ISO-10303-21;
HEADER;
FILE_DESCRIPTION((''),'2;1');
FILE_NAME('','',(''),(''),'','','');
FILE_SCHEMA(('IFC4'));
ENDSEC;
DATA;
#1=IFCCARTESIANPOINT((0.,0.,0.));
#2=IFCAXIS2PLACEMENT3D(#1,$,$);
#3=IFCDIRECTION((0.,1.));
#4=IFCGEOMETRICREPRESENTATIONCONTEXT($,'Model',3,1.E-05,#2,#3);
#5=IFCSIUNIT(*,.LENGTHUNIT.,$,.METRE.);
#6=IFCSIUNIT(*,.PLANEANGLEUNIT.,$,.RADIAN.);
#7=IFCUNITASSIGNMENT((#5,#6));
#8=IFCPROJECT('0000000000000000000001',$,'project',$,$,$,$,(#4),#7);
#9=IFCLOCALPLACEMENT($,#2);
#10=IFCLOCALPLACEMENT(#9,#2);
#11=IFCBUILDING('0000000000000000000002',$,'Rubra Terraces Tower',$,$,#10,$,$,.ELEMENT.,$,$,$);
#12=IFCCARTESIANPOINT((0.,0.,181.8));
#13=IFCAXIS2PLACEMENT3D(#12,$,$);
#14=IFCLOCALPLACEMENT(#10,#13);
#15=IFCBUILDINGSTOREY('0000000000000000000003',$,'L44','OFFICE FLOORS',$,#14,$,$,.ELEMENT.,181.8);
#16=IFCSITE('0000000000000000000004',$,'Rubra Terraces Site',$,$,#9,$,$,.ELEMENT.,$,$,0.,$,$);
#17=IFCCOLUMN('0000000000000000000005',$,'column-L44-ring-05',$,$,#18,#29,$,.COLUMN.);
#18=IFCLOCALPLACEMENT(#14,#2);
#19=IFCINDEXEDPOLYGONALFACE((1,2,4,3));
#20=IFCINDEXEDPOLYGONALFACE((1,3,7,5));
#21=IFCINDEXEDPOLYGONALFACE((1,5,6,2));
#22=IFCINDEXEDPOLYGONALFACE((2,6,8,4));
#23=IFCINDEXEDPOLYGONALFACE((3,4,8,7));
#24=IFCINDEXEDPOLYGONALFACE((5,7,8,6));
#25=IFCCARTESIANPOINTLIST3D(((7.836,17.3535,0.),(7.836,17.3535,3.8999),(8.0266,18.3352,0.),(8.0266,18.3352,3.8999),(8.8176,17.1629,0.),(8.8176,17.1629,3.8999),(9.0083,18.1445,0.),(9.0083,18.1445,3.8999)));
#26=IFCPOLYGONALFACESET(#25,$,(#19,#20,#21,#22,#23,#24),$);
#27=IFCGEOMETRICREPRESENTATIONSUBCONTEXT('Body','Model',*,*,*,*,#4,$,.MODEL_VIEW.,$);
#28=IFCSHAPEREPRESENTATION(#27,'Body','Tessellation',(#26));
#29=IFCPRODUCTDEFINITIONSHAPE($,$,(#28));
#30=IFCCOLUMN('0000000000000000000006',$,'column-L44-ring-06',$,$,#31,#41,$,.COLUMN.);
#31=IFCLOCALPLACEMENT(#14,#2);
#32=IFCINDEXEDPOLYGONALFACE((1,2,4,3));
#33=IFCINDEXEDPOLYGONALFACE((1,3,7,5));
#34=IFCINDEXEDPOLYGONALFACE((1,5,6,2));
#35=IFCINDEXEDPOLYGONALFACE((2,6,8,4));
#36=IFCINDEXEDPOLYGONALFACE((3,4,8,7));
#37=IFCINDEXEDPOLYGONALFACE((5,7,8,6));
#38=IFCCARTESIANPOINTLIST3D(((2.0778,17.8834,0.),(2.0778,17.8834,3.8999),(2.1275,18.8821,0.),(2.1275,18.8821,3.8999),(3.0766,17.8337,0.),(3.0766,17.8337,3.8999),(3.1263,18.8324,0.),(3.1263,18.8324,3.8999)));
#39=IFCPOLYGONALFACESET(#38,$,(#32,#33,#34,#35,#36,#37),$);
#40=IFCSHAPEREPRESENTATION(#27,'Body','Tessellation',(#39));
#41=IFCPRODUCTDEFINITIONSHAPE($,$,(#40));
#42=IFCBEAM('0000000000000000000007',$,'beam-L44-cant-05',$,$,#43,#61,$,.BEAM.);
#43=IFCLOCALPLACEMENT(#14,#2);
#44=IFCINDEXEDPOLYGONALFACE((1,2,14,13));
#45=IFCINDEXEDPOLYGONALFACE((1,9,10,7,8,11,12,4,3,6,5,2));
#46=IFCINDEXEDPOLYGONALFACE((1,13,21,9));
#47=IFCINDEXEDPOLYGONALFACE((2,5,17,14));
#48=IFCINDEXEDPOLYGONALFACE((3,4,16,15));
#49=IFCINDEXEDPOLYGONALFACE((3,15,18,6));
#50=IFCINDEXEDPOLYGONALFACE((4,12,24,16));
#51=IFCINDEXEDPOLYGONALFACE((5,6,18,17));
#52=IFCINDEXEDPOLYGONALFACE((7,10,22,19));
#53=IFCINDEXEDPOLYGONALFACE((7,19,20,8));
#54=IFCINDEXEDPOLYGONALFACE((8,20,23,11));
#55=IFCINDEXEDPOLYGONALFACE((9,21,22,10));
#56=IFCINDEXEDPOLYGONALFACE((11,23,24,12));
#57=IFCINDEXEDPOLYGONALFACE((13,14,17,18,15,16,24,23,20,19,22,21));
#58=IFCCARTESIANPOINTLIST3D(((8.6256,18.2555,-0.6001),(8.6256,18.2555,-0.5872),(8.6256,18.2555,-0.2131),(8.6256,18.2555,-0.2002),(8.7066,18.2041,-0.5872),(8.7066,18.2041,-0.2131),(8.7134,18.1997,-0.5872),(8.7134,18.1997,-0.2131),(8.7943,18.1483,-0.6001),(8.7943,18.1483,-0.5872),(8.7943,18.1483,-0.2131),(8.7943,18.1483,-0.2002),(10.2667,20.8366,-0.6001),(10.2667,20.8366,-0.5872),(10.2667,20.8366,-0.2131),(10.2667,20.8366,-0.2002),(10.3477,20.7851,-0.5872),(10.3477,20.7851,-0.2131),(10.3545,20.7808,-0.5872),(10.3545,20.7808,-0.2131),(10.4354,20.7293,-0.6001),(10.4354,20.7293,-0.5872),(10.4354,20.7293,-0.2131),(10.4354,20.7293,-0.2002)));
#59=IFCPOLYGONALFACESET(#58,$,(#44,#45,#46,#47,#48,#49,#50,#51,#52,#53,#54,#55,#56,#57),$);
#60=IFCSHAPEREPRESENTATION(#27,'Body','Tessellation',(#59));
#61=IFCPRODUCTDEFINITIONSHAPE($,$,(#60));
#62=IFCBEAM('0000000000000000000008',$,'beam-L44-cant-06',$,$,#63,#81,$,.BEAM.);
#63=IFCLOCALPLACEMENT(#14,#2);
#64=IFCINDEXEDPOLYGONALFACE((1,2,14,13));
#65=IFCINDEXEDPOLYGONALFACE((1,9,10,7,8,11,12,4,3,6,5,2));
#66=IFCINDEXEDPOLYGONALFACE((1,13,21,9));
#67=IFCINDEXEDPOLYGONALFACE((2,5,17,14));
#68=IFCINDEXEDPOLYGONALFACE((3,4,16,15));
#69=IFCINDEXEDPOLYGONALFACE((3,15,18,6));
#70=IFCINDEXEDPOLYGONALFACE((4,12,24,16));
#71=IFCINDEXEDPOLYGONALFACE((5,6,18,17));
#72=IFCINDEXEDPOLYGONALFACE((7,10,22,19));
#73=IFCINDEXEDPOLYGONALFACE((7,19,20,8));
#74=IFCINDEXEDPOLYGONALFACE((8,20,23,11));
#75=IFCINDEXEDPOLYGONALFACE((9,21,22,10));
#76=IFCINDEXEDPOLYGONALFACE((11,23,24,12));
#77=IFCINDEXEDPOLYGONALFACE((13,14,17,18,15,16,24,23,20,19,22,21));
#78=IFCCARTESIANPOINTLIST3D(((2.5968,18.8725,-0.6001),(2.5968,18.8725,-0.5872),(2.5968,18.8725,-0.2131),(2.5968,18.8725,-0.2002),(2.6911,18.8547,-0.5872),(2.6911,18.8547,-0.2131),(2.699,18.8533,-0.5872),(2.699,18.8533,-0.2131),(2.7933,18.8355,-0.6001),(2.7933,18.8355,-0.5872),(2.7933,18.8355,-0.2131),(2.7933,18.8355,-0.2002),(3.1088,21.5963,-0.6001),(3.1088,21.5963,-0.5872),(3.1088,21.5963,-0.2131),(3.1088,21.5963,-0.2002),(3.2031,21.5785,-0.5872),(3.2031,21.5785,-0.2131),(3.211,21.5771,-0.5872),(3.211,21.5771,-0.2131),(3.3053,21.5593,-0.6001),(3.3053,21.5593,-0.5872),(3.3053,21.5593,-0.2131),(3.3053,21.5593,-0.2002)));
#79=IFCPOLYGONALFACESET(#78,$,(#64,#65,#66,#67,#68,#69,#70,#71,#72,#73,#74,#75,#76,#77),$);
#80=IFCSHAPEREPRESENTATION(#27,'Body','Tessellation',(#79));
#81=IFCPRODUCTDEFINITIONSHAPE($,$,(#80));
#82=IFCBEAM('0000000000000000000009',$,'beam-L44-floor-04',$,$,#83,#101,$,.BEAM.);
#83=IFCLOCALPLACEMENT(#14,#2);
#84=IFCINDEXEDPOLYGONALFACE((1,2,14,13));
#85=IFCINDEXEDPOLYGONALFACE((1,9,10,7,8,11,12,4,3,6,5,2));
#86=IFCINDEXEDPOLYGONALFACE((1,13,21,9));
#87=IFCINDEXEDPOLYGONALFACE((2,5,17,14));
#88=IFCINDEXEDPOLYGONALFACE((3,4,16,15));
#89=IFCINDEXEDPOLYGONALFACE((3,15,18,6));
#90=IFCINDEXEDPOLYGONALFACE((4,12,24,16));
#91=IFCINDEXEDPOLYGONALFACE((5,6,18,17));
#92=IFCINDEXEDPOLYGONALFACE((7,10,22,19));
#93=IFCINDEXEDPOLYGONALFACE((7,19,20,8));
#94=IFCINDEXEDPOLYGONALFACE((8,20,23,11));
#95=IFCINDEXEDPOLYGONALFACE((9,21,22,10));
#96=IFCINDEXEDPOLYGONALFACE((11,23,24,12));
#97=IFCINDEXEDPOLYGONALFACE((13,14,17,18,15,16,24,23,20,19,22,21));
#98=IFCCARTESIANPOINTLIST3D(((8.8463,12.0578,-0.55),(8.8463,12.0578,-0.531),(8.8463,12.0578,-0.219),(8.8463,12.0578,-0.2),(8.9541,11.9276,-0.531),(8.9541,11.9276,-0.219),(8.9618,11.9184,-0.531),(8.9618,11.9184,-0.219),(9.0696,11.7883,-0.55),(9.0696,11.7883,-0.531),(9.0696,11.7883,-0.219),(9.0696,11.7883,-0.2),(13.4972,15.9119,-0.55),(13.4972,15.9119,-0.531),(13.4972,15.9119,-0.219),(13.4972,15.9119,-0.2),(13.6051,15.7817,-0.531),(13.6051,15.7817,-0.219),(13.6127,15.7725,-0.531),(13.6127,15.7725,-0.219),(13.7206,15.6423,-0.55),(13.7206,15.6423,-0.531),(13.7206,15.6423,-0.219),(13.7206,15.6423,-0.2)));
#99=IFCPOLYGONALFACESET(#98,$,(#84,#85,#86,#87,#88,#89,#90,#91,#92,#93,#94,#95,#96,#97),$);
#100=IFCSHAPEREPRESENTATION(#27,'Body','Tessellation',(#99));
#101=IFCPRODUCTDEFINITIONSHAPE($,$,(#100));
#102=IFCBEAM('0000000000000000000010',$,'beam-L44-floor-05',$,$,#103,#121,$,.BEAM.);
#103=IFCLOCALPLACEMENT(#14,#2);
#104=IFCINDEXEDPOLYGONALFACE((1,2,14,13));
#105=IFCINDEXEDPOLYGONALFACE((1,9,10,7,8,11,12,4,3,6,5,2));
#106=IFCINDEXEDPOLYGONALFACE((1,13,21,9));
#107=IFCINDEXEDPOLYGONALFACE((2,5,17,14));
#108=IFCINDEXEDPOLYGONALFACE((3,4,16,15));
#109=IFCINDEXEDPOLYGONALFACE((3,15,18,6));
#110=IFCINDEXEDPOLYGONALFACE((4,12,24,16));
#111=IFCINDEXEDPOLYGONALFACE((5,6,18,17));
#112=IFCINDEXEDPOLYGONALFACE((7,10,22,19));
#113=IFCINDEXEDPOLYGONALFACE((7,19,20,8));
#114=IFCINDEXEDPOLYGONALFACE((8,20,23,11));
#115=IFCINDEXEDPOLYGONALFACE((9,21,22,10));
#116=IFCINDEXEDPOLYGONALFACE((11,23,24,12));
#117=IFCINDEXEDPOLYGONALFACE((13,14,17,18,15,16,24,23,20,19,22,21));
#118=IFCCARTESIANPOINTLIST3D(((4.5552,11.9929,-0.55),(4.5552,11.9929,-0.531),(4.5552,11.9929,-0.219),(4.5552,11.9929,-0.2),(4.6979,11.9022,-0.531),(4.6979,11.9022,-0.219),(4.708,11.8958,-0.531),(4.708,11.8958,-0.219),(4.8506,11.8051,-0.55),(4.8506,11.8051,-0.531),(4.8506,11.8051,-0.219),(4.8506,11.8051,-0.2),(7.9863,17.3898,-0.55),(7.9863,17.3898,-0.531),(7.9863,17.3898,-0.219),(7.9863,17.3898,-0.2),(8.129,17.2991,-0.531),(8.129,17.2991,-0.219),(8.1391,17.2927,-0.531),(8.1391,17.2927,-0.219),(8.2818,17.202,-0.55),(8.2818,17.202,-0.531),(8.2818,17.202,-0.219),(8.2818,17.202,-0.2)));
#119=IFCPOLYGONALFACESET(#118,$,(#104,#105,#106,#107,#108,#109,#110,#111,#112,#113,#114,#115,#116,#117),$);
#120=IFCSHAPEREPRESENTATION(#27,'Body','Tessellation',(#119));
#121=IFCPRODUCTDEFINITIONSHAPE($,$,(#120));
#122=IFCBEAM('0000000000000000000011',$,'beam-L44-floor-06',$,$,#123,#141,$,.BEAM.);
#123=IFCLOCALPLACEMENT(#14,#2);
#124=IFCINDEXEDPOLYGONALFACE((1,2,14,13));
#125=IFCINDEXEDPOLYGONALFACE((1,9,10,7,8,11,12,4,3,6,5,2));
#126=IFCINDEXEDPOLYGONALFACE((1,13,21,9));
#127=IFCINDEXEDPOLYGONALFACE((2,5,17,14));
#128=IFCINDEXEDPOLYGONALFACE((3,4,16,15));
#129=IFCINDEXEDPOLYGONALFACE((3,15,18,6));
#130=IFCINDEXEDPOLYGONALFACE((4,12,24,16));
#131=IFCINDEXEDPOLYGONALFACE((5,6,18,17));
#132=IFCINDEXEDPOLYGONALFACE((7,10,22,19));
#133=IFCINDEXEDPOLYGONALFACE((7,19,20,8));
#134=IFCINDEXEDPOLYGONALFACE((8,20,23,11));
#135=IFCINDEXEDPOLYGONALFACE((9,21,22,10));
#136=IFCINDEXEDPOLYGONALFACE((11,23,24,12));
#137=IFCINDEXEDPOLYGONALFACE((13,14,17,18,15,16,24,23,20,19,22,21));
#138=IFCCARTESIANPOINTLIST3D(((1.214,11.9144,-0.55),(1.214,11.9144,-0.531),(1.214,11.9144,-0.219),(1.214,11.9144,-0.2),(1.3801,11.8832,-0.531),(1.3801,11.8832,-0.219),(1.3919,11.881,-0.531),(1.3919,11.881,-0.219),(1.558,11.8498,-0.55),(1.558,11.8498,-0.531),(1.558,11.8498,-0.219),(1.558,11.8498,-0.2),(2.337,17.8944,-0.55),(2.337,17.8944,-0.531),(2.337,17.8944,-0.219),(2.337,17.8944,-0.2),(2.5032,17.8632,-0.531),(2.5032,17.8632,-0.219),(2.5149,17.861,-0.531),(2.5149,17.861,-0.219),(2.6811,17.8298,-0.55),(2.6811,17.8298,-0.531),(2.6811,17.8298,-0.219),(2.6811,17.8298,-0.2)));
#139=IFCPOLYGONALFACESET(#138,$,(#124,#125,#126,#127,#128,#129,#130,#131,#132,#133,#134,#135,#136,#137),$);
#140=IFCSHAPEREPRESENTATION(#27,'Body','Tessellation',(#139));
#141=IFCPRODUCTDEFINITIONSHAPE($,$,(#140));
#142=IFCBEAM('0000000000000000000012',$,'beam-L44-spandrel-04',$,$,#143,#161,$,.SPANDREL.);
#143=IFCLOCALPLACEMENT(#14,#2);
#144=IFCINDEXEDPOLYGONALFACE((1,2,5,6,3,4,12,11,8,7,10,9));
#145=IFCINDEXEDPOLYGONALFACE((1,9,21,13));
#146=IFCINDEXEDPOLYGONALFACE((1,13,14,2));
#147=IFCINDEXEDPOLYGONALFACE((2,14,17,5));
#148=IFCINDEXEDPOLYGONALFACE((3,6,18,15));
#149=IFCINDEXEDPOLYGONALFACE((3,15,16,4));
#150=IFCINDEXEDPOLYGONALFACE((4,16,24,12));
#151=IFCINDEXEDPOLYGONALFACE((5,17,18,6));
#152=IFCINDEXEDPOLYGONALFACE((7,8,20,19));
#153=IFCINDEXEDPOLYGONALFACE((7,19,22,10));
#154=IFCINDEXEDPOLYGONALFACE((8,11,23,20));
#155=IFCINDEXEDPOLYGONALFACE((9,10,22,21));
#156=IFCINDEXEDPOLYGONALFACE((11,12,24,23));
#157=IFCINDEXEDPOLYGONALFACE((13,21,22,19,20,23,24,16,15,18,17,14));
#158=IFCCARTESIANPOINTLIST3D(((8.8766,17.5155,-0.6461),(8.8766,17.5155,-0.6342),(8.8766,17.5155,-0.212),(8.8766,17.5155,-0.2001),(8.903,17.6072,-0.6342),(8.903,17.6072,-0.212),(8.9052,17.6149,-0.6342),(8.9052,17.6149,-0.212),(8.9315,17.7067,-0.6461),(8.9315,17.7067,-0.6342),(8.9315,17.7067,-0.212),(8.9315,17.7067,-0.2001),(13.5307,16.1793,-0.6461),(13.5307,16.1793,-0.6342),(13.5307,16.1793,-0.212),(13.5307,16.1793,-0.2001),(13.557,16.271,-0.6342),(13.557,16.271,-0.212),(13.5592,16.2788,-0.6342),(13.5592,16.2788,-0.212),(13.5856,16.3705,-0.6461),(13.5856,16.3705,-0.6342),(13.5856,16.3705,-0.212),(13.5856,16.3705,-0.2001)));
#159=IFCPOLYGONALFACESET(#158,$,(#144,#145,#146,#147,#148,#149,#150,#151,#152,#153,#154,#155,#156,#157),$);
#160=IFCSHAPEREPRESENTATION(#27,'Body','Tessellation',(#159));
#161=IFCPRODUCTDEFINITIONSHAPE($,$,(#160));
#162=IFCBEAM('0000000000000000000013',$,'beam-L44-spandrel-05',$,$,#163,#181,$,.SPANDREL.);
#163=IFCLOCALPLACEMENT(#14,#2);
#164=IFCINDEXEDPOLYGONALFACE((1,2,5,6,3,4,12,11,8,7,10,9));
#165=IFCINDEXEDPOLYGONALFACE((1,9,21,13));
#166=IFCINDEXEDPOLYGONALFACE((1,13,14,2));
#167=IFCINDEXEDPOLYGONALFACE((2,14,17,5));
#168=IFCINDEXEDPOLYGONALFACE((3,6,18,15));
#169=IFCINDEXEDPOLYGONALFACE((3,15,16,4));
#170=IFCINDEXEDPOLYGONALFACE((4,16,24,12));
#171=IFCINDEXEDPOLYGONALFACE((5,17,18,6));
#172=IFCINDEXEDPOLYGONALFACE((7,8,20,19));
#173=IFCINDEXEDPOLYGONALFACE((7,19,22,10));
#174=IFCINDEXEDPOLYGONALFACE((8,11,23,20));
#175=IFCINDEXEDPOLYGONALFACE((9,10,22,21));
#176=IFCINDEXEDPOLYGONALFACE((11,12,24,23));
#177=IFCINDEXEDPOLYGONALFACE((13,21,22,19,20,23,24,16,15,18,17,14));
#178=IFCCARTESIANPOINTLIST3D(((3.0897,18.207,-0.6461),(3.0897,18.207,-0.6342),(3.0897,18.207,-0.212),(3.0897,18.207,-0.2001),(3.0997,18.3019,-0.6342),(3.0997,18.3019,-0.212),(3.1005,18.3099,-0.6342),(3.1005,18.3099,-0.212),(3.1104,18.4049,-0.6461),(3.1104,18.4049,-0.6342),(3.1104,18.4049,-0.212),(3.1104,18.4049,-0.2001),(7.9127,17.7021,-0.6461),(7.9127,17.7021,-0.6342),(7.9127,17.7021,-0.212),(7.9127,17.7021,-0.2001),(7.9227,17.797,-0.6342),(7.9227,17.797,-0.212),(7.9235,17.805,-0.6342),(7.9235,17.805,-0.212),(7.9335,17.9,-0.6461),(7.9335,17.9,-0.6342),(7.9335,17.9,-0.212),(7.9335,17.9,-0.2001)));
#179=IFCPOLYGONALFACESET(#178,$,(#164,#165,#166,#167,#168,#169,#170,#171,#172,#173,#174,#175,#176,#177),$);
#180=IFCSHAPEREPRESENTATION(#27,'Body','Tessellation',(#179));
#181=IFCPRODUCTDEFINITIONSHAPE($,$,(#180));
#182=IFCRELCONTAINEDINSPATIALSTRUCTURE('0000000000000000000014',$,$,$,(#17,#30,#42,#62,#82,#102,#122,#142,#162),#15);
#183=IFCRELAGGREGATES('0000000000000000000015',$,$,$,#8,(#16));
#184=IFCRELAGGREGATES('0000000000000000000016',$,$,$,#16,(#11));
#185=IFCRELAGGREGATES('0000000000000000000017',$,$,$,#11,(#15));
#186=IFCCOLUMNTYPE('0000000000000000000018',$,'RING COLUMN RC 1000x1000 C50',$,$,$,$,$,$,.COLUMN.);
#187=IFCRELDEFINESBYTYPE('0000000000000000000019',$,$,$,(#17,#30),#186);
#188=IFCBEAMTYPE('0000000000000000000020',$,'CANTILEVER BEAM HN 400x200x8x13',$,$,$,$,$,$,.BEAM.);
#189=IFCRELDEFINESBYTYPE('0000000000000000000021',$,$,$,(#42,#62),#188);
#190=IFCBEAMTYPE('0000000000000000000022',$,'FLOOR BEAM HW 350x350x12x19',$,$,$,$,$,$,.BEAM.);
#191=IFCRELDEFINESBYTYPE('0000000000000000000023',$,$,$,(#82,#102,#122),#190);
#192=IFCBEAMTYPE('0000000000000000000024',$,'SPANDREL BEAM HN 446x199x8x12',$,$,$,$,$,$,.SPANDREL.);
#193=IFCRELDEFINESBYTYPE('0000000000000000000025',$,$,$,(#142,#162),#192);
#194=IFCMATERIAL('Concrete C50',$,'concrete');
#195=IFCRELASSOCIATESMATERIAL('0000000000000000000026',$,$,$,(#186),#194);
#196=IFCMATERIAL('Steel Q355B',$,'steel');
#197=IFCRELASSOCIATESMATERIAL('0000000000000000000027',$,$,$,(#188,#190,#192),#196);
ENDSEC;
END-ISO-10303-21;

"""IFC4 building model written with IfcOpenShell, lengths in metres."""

from ifc_helpers import new_model, si_unit, direction, frame, origin, origin_2d, place, context, subcontext, project, spatial, rectangle, i_section, extrude, material, material_profile, profile_set, type_object, element, save


model = new_model("IFC4")

# Units and contexts
model_context = context("Model", 3, precision=1e-05, world=origin(), true_north=direction((0.0, 1.0)))
body_context = subcontext(model_context, "Body", "Model", "MODEL_VIEW")
ifc_project = project(units=[si_unit("LENGTHUNIT", "METRE"), si_unit("PLANEANGLEUNIT", "RADIAN")], contexts=[model_context])

# Site, building, storey
site_placement = place(None, origin())
site = spatial("IfcSite", under=ifc_project, at=site_placement, Name="Rubra Terraces Site", CompositionType="ELEMENT", RefElevation=0.0)
building_placement = place(site_placement, origin())
building = spatial("IfcBuilding", under=site, at=building_placement, Name="Rubra Terraces Tower", CompositionType="ELEMENT")
storey_placement = place(building_placement, frame((0.0, 0.0, 181.8)))
storey = spatial("IfcBuildingStorey", under=building, at=storey_placement, Name="L44", Description="OFFICE FLOORS", CompositionType="ELEMENT", Elevation=181.8)

# Columns
ifc_material_1 = material(Name="Concrete C50", Category="concrete")
ifc_material_profile_1 = material_profile(ifc_material_1, rectangle(XDim=1.0, YDim=1.0, at=origin_2d()), Name="RC 1000x1000")
ifc_profile_set_1 = profile_set([ifc_material_profile_1], Name="Concrete C50")
column_type = type_object("IfcColumnType", Name="RING COLUMN RC 1000x1000 C50", PredefinedType="COLUMN", material=ifc_profile_set_1)
for number, where, z_axis, x_axis, name in (
    (1, (8.4221, 17.749, 0.0), (0.0, 0.0, 1.0), (-0.981655, 0.190668, 0.0), "column-L44-ring-05"),
    (2, (2.6021, 18.3579, 0.0), (0.0, 0.0, 1.0), (-0.998764, 0.049699, 0.0), "column-L44-ring-06"),
):
    element("IfcColumn", number, at=place(storey_placement, frame(where, z_axis=z_axis, x_axis=x_axis)), inside=storey, type_object=column_type, Name=name, PredefinedType="COLUMN", context=body_context, shape_type="SweptSolid", body=[
        extrude(rectangle(XDim=1.0, YDim=1.0, at=origin_2d()), origin(), (0.0, 0.0, 1.0), 3.8999),
    ])

# Beams
ifc_material_2 = material(Name="Steel Q355B", Category="steel")
ifc_material_profile_2 = material_profile(ifc_material_2, i_section(OverallWidth=0.2, OverallDepth=0.3999, WebThickness=0.0081, FlangeThickness=0.0129, at=origin_2d()), Name="HN 400x200x8x13")
ifc_profile_set_2 = profile_set([ifc_material_profile_2], Name="Steel Q355B")
beam_type_1 = type_object("IfcBeamType", Name="CANTILEVER BEAM HN 400x200x8x13", PredefinedType="BEAM", material=ifc_profile_set_2)
beam_1_placement = place(storey_placement, frame((8.71, 18.2019, -0.4001), z_axis=(0.536555, 0.843865, 0.0), x_axis=(-0.843865, 0.536555, 0.0)))
element("IfcBeam", 3, at=beam_1_placement, inside=storey, type_object=beam_type_1, Name="beam-L44-cant-05", PredefinedType="BEAM", context=body_context, shape_type="SweptSolid", body=[
    extrude(i_section(OverallWidth=0.2, OverallDepth=0.3999, WebThickness=0.0081, FlangeThickness=0.0129, at=origin_2d()), origin(), (0.0, 0.0, 1.0), 3.0586),
])
beam_2_placement = place(storey_placement, frame((2.6951, 18.854, -0.4001), z_axis=(0.184719, 0.982791, 0.0), x_axis=(-0.982791, 0.184719, 0.0)))
element("IfcBeam", 4, at=beam_2_placement, inside=storey, type_object=beam_type_1, Name="beam-L44-cant-06", PredefinedType="BEAM", context=body_context, shape_type="SweptSolid", body=[
    extrude(i_section(OverallWidth=0.2, OverallDepth=0.3999, WebThickness=0.0081, FlangeThickness=0.0129, at=origin_2d()), origin(), (0.0, 0.0, 1.0), 2.7715),
])
ifc_material_profile_3 = material_profile(ifc_material_2, i_section(OverallWidth=0.3501, OverallDepth=0.3501, WebThickness=0.012, FlangeThickness=0.019, at=origin_2d()), Name="HW 350x350x12x19")
ifc_profile_set_3 = profile_set([ifc_material_profile_3], Name="Steel Q355B")
beam_type_2 = type_object("IfcBeamType", Name="FLOOR BEAM HW 350x350x12x19", PredefinedType="BEAM", material=ifc_profile_set_3)
beam_3_placement = place(storey_placement, frame((13.6089, 15.7771, -0.375), z_axis=(-0.769988, -0.638059, 0.0), x_axis=(0.638059, -0.769988, 0.0)))
element("IfcBeam", 5, at=beam_3_placement, inside=storey, type_object=beam_type_2, Name="beam-L44-floor-04", PredefinedType="BEAM", context=body_context, shape_type="SweptSolid", body=[
    extrude(i_section(OverallWidth=0.3501, OverallDepth=0.3501, WebThickness=0.012, FlangeThickness=0.019, at=origin_2d()), origin(), (0.0, 0.0, 1.0), 6.0403),
])
beam_4_placement = place(storey_placement, frame((8.134, 17.2959, -0.375), z_axis=(-0.53651, -0.843894, 0.0), x_axis=(0.843894, -0.53651, 0.0)))
element("IfcBeam", 6, at=beam_4_placement, inside=storey, type_object=beam_type_2, Name="beam-L44-floor-05", PredefinedType="BEAM", context=body_context, shape_type="SweptSolid", body=[
    extrude(i_section(OverallWidth=0.3501, OverallDepth=0.3501, WebThickness=0.012, FlangeThickness=0.019, at=origin_2d()), origin(), (0.0, 0.0, 1.0), 6.3953),
])
beam_5_placement = place(storey_placement, frame((2.509, 17.8621, -0.375), z_axis=(-0.184574, -0.982819, 0.0), x_axis=(0.982819, -0.184574, 0.0)))
element("IfcBeam", 7, at=beam_5_placement, inside=storey, type_object=beam_type_2, Name="beam-L44-floor-06", PredefinedType="BEAM", context=body_context, shape_type="SweptSolid", body=[
    extrude(i_section(OverallWidth=0.3501, OverallDepth=0.3501, WebThickness=0.012, FlangeThickness=0.019, at=origin_2d()), origin(), (0.0, 0.0, 1.0), 6.0845),
])
ifc_material_profile_4 = material_profile(ifc_material_2, i_section(OverallWidth=0.199, OverallDepth=0.446, WebThickness=0.0081, FlangeThickness=0.012, at=origin_2d()), Name="HN 446x199x8x12")
ifc_profile_set_4 = profile_set([ifc_material_profile_4], Name="Steel Q355B")
beam_type_3 = type_object("IfcBeamType", Name="SPANDREL BEAM HN 446x199x8x12", PredefinedType="SPANDREL", material=ifc_profile_set_4)
beam_6_placement = place(storey_placement, frame((13.5581, 16.2749, -0.4231), z_axis=(-0.961171, 0.275953, 0.0), x_axis=(-0.275953, -0.961171, 0.0)))
element("IfcBeam", 8, at=beam_6_placement, inside=storey, type_object=beam_type_3, Name="beam-L44-spandrel-04", PredefinedType="SPANDREL", context=body_context, shape_type="SweptSolid", body=[
    extrude(i_section(OverallWidth=0.199, OverallDepth=0.446, WebThickness=0.0081, FlangeThickness=0.012, at=origin_2d()), origin(), (0.0, 0.0, 1.0), 4.842),
])
beam_7_placement = place(storey_placement, frame((7.9231, 17.801, -0.4231), z_axis=(-0.994565, 0.104113, 0.0), x_axis=(-0.104113, -0.994565, 0.0)))
element("IfcBeam", 9, at=beam_7_placement, inside=storey, type_object=beam_type_3, Name="beam-L44-spandrel-05", PredefinedType="SPANDREL", context=body_context, shape_type="SweptSolid", body=[
    extrude(i_section(OverallWidth=0.199, OverallDepth=0.446, WebThickness=0.0081, FlangeThickness=0.012, at=origin_2d()), origin(), (0.0, 0.0, 1.0), 4.8494),
])

save(model, "model.ifc")
